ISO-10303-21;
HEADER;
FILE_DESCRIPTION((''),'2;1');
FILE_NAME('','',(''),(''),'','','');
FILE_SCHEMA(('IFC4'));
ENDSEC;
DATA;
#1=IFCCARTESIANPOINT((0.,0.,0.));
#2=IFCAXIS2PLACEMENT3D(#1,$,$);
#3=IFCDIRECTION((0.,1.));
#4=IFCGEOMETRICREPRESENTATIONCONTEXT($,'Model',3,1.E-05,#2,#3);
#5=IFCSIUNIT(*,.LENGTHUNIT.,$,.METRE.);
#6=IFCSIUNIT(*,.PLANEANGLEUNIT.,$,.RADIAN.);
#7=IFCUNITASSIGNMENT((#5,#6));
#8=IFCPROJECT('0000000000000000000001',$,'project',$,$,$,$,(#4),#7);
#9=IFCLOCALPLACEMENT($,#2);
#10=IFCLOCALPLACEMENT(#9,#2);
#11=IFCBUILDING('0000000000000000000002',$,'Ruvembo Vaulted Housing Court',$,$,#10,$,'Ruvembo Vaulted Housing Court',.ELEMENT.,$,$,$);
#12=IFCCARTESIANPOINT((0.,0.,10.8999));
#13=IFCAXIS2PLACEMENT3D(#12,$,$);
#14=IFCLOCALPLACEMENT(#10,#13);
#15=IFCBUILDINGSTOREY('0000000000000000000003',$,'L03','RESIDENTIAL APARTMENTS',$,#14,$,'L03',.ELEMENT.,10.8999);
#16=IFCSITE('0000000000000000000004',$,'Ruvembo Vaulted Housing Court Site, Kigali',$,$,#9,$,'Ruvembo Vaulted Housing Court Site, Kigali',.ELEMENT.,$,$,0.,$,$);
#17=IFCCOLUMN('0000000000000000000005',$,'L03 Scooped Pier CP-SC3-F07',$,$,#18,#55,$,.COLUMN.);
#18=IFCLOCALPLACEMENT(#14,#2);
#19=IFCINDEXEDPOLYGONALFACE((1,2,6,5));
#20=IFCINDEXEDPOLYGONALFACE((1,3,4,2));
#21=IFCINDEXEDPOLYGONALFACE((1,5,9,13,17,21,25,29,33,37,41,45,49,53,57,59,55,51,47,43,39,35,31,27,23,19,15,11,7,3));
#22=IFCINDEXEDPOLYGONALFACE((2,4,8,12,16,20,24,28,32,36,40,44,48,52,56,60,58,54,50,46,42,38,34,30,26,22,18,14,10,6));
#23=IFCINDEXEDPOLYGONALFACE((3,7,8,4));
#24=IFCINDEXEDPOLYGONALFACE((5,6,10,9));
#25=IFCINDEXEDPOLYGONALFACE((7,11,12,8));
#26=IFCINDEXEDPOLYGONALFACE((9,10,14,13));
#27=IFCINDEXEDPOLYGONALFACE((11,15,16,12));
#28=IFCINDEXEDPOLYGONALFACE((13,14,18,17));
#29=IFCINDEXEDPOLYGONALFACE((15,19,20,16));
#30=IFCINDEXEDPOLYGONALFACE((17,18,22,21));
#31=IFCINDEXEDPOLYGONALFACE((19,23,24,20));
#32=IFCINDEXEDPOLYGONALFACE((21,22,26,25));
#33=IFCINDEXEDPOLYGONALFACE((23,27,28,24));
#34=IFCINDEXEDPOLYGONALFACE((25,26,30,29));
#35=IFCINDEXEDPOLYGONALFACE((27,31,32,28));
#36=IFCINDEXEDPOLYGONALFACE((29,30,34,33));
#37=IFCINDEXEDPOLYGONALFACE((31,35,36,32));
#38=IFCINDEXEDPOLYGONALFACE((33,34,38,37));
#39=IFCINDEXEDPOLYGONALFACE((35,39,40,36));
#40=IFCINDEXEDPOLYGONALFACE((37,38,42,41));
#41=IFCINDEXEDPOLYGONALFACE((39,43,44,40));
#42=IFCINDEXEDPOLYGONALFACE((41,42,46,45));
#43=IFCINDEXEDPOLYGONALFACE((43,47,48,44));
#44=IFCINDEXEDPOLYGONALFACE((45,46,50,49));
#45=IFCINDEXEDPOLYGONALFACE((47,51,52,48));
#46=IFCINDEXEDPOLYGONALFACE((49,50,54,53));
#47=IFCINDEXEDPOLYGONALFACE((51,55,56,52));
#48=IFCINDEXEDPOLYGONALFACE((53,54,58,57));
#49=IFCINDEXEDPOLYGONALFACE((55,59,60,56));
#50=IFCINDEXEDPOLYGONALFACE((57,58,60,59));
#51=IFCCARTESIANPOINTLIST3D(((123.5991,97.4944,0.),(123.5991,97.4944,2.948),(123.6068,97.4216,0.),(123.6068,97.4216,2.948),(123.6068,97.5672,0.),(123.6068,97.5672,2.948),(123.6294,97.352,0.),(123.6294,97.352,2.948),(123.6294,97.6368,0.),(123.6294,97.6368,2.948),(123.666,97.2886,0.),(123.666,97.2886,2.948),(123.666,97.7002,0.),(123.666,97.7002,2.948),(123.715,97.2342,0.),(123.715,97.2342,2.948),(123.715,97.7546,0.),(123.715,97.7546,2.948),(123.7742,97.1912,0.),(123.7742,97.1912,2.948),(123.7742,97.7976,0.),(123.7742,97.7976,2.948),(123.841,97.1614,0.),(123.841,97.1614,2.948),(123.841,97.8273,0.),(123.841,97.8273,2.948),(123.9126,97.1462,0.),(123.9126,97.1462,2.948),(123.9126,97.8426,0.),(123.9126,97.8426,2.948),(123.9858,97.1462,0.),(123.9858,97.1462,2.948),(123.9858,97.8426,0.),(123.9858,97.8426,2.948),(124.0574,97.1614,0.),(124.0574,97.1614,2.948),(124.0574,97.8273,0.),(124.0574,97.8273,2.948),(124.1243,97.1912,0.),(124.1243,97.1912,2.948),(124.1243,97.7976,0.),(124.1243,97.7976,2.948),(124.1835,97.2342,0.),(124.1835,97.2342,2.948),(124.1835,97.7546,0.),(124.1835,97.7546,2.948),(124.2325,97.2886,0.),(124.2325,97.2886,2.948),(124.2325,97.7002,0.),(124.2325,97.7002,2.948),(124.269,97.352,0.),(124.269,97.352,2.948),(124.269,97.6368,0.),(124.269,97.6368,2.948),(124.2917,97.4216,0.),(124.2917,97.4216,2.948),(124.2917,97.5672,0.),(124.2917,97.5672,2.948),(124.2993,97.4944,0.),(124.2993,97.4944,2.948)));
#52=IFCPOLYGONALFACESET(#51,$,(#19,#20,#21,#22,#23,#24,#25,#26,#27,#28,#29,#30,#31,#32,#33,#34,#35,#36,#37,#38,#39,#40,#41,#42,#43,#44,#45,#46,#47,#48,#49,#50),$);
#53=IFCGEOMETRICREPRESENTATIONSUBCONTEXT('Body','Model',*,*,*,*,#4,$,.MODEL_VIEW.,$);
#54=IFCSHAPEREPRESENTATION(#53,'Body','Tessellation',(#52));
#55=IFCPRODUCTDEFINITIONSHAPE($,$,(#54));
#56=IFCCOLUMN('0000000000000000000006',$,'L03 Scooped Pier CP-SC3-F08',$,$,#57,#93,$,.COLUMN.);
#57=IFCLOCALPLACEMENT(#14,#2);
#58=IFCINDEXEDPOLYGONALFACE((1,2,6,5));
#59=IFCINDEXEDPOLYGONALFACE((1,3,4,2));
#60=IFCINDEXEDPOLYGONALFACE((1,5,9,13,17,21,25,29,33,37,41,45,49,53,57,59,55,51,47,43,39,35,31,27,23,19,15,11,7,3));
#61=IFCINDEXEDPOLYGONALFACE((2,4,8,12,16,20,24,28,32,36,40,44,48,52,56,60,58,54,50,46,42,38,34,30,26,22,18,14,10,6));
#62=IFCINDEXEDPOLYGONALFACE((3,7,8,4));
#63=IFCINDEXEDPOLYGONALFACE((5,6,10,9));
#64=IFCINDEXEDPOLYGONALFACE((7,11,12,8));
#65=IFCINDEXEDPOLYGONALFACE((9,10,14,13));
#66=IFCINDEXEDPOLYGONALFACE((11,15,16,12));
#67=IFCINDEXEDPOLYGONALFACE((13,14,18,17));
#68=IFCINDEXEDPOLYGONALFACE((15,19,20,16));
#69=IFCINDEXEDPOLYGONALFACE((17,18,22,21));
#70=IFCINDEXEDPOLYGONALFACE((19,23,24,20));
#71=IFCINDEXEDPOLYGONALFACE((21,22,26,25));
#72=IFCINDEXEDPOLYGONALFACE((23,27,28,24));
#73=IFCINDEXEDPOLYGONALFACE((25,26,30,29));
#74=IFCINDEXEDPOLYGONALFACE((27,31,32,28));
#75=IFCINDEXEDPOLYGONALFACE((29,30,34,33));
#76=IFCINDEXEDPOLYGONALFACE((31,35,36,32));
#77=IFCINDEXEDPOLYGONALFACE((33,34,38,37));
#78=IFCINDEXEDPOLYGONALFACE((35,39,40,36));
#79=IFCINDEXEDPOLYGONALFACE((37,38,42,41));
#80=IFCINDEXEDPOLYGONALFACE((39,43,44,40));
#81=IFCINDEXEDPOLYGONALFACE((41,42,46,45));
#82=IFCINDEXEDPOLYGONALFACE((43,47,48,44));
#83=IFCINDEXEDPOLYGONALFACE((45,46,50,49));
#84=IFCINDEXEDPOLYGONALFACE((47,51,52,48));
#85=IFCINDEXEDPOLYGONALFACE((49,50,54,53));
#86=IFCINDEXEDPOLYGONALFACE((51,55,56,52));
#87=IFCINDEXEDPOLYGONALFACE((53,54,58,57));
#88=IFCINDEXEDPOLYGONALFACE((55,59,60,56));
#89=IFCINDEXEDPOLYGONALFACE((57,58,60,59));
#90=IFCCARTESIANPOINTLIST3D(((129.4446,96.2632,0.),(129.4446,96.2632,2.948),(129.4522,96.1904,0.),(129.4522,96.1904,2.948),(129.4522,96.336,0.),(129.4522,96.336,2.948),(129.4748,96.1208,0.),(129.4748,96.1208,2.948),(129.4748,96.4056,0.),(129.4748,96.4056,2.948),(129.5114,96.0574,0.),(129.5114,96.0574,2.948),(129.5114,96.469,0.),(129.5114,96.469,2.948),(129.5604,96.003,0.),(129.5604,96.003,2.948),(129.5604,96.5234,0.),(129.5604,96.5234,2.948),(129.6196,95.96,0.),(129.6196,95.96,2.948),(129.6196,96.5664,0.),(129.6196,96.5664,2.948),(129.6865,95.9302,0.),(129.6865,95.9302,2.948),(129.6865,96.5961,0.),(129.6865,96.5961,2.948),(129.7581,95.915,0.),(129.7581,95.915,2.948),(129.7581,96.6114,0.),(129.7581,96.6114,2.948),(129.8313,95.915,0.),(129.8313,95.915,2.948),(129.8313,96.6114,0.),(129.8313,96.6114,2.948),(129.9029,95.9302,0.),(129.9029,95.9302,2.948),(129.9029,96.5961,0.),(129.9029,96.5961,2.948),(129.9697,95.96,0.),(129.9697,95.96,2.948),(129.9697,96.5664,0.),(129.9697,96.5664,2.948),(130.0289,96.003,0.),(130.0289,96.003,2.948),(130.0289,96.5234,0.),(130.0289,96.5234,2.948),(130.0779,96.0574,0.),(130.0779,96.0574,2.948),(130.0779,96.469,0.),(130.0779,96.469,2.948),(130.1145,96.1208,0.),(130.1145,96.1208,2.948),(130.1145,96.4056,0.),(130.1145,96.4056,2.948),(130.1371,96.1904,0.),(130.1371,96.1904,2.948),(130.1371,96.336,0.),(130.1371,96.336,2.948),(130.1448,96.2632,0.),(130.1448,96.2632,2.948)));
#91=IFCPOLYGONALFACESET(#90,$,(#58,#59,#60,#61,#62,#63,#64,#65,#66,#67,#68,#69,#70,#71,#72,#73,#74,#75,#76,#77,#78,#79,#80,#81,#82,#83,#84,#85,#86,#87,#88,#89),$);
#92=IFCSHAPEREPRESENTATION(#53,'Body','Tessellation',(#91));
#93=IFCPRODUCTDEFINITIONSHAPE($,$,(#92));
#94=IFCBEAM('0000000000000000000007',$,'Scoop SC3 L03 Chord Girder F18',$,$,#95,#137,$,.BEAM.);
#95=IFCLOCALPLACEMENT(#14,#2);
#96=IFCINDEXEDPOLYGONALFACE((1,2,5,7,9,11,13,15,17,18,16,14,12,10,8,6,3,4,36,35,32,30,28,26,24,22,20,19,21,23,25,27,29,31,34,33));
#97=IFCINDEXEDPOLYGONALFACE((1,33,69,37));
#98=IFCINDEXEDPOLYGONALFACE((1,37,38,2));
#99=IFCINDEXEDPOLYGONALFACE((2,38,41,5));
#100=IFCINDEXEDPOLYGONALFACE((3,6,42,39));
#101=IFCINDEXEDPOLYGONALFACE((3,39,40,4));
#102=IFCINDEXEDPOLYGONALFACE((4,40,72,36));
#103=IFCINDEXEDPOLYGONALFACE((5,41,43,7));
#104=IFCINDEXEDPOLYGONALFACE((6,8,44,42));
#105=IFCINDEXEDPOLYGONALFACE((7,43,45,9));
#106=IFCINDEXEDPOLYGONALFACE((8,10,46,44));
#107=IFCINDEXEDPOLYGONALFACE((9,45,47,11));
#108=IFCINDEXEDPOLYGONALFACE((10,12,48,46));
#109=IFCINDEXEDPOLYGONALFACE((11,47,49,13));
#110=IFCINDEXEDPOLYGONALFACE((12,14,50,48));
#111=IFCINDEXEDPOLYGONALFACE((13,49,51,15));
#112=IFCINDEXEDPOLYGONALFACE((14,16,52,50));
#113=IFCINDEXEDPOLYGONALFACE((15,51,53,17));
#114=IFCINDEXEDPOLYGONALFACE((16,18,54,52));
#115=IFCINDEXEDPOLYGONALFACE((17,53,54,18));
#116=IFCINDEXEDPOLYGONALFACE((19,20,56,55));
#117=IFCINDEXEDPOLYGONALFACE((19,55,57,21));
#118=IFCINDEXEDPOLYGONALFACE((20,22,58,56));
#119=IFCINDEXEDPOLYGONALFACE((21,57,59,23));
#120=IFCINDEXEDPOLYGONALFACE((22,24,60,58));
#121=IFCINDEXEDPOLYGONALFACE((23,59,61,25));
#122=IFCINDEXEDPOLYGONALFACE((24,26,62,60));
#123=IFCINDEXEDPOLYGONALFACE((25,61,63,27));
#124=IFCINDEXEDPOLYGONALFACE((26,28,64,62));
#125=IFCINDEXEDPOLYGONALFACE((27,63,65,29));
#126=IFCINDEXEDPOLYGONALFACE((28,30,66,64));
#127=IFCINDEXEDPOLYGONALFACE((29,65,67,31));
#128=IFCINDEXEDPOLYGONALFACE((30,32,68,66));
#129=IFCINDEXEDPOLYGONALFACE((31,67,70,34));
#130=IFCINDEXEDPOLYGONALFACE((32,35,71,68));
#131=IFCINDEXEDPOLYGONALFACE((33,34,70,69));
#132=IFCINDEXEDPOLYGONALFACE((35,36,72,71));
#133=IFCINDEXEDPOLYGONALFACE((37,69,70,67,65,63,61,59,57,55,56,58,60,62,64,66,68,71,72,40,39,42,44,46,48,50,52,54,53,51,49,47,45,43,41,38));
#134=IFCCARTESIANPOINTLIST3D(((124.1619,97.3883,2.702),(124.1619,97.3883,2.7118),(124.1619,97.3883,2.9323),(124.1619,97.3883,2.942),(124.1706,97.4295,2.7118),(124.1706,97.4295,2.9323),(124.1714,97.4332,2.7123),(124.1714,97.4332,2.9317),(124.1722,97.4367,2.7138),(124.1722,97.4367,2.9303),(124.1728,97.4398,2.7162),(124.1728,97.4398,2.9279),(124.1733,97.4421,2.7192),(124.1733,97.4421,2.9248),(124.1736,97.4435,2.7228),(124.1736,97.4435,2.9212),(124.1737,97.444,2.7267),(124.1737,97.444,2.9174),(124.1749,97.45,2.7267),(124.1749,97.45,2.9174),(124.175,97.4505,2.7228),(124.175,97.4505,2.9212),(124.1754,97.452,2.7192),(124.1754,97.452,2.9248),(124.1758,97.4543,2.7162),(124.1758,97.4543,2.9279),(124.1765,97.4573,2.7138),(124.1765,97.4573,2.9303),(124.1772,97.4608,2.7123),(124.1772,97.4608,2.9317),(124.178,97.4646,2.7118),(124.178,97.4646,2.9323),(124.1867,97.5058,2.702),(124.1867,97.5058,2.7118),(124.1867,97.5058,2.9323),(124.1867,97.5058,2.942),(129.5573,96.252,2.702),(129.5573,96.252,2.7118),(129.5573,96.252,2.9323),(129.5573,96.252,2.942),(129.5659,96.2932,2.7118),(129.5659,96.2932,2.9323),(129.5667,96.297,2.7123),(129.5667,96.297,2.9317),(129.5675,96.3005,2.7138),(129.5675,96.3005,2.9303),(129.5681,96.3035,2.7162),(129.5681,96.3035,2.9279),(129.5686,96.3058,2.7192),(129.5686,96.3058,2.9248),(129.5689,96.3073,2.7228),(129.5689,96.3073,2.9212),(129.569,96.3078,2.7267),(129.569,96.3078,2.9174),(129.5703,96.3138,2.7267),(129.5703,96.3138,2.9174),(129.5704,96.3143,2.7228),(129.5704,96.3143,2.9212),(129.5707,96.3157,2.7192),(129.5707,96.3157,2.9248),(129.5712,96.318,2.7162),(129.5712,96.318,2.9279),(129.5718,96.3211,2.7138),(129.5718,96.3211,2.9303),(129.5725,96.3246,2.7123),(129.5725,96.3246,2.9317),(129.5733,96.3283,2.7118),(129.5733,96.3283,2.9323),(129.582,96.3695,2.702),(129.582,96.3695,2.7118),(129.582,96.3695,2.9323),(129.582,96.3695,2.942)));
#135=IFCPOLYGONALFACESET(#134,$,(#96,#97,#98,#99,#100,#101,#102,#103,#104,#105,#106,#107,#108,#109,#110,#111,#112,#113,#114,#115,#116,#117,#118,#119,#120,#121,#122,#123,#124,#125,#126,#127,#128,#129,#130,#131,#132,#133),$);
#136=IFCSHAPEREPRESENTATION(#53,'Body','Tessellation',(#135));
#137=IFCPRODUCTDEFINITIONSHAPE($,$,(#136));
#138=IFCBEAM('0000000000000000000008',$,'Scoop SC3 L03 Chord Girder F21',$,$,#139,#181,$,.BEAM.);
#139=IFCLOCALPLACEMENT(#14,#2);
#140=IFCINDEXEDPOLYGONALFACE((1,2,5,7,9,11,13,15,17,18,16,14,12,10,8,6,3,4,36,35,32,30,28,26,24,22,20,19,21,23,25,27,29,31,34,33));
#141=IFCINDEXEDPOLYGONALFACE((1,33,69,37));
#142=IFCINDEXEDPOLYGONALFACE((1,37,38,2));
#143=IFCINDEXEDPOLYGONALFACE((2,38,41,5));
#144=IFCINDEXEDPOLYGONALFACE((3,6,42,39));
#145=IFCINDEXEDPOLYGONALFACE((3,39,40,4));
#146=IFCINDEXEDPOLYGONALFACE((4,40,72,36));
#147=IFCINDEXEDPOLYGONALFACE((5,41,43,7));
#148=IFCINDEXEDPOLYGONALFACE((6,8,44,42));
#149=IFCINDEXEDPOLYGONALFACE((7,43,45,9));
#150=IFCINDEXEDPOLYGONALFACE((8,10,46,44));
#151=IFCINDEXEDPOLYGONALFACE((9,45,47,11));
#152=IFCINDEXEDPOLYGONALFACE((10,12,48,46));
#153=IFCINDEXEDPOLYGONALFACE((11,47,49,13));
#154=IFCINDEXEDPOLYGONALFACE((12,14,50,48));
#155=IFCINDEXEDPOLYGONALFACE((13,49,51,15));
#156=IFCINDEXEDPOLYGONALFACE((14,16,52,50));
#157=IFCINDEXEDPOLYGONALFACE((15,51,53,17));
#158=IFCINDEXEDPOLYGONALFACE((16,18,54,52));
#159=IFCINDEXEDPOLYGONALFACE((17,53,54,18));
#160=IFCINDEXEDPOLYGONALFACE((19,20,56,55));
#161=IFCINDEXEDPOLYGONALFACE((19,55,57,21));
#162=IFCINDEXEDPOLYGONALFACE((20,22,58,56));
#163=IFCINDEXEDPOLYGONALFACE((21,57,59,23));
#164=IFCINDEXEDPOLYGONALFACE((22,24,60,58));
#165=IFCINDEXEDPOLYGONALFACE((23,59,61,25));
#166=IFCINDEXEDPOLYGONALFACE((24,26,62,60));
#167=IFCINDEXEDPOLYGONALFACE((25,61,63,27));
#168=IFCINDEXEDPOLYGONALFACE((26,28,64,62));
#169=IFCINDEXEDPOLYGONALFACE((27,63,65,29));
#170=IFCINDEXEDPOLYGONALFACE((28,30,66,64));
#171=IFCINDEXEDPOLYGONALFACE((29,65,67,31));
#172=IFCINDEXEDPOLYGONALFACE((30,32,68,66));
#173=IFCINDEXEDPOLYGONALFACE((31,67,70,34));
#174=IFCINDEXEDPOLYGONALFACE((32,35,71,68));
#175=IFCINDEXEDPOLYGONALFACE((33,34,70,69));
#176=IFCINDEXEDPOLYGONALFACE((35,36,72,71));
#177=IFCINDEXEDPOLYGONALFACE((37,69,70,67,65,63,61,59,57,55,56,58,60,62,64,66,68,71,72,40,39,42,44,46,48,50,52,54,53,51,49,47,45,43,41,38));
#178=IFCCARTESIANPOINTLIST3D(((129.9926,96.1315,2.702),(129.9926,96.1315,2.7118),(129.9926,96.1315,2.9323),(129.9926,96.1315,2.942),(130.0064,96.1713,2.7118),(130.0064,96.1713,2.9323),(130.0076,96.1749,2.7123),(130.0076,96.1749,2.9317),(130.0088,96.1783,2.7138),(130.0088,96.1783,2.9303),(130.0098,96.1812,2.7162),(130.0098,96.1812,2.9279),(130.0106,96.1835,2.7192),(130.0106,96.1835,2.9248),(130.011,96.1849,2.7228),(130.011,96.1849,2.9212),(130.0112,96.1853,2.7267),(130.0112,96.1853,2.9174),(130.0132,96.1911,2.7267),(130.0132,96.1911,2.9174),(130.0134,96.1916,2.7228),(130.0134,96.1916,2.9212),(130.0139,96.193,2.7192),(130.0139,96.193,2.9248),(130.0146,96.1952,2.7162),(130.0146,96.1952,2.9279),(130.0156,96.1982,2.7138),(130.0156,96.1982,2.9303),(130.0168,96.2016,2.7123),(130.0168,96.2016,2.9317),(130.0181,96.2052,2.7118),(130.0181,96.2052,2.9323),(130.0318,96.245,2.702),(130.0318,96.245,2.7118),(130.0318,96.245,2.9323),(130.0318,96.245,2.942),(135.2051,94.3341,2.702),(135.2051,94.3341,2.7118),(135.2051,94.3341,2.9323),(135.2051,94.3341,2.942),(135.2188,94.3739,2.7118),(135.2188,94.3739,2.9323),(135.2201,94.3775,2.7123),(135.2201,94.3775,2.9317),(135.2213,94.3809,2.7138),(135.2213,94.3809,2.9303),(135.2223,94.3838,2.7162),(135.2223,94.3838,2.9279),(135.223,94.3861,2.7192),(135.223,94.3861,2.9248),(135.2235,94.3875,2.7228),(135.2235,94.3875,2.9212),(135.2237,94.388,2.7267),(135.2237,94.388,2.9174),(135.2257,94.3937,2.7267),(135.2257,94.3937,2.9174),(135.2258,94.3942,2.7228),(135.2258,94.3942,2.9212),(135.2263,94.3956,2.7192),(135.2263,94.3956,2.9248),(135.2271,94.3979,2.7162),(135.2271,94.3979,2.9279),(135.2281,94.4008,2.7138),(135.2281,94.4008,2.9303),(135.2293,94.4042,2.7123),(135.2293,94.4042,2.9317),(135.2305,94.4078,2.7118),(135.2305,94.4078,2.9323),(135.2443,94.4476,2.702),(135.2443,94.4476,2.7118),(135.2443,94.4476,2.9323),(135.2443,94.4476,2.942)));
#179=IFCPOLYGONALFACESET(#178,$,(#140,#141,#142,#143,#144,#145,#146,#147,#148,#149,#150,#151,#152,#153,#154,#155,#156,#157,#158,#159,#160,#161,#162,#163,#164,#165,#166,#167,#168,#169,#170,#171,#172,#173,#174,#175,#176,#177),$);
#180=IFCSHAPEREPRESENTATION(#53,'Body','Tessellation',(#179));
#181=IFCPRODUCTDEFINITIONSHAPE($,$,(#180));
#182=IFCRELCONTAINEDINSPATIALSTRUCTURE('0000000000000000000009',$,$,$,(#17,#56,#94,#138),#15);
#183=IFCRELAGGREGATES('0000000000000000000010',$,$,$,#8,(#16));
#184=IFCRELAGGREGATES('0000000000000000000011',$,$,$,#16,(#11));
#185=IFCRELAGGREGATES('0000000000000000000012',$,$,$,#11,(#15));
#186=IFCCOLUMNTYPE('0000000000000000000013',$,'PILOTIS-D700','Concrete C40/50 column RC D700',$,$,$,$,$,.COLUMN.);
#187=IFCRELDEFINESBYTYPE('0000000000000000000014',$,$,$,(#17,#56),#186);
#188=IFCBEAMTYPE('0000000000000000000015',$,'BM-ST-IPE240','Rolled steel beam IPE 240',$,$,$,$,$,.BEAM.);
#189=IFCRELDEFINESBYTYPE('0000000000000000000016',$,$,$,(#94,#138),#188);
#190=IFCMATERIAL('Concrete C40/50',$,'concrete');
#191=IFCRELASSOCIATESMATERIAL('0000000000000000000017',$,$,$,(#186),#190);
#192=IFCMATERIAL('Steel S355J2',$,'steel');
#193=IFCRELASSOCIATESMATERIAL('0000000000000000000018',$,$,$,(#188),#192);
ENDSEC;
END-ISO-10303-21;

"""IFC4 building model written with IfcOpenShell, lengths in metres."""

from ifc_helpers import new_model, si_unit, direction, frame, origin, origin_2d, place, context, subcontext, project, spatial, circle, i_section, extrude, material, material_profile, profile_set, type_object, element, save


model = new_model("IFC4")

# Units and contexts
model_context = context("Model", 3, precision=1e-05, world=origin(), true_north=direction((0.0, 1.0)))
body_context = subcontext(model_context, "Body", "Model", "MODEL_VIEW")
ifc_project = project(units=[si_unit("LENGTHUNIT", "METRE"), si_unit("PLANEANGLEUNIT", "RADIAN")], contexts=[model_context])

# Site, building, storey
site_placement = place(None, origin())
site = spatial("IfcSite", under=ifc_project, at=site_placement, Name="Ruvembo Vaulted Housing Court Site, Kigali", LongName="Ruvembo Vaulted Housing Court Site, Kigali", CompositionType="ELEMENT", RefElevation=0.0)
building_placement = place(site_placement, origin())
building = spatial("IfcBuilding", under=site, at=building_placement, Name="Ruvembo Vaulted Housing Court", LongName="Ruvembo Vaulted Housing Court", CompositionType="ELEMENT")
storey_placement = place(building_placement, frame((0.0, 0.0, 10.8999)))
storey = spatial("IfcBuildingStorey", under=building, at=storey_placement, Name="L03", Description="RESIDENTIAL APARTMENTS", LongName="L03", CompositionType="ELEMENT", Elevation=10.8999)

# Columns
ifc_material_1 = material(Name="Concrete C40/50", Category="concrete")
ifc_material_profile_1 = material_profile(ifc_material_1, circle(Radius=0.3501, at=origin_2d()), Name="RC D700")
ifc_profile_set_1 = profile_set([ifc_material_profile_1], Name="Concrete C40/50")
column_type = type_object("IfcColumnType", Name="PILOTIS-D700", Description="Concrete C40/50 column RC D700", PredefinedType="COLUMN", material=ifc_profile_set_1)
for number, where, z_axis, x_axis, name in (
    (1, (123.9492, 97.4944, 0.0), (0.0, 0.0, 1.0), (1.0, 0.0, 0.0), "L03 Scooped Pier CP-SC3-F07"),
    (2, (129.7947, 96.2632, 0.0), (0.0, 0.0, 1.0), (1.0, 0.0, 0.0), "L03 Scooped Pier CP-SC3-F08"),
):
    element("IfcColumn", number, at=place(storey_placement, frame(where, z_axis=z_axis, x_axis=x_axis)), inside=storey, type_object=column_type, Name=name, PredefinedType="COLUMN", context=body_context, shape_type="SweptSolid", body=[
        extrude(circle(Radius=0.3501, at=origin_2d()), origin(), (0.0, 0.0, 1.0), 2.948),
    ])

# Beams
ifc_material_2 = material(Name="Steel S355J2", Category="steel")
ifc_material_profile_2 = material_profile(ifc_material_2, i_section(OverallWidth=0.1201, OverallDepth=0.24, WebThickness=0.0061, FlangeThickness=0.0098, FilletRadius=0.0149, at=origin_2d()), Name="IPE 240")
ifc_profile_set_2 = profile_set([ifc_material_profile_2], Name="Steel S355J2")
beam_type = type_object("IfcBeamType", Name="BM-ST-IPE240", Description="Rolled steel beam IPE 240", PredefinedType="BEAM", material=ifc_profile_set_2)
for number, where, z_axis, x_axis, name in (
    (3, (124.1743, 97.447, 2.822), (0.978536, -0.206077, 0.0), (0.206077, 0.978536, 0.0), "Scoop SC3 L03 Chord Girder F18"),
    (4, (130.0122, 96.1882, 2.822), (0.945374, -0.325988, 0.0), (0.325988, 0.945374, 0.0), "Scoop SC3 L03 Chord Girder F21"),
):
    element("IfcBeam", number, at=place(storey_placement, frame(where, z_axis=z_axis, x_axis=x_axis)), inside=storey, type_object=beam_type, Name=name, PredefinedType="BEAM", context=body_context, shape_type="SweptSolid", body=[
        extrude(i_section(OverallWidth=0.1201, OverallDepth=0.24, WebThickness=0.0061, FlangeThickness=0.0098, FilletRadius=0.0149, at=origin_2d()), origin(), (0.0, 0.0, 1.0), 5.5137),
    ])

save(model, "model.ifc")
